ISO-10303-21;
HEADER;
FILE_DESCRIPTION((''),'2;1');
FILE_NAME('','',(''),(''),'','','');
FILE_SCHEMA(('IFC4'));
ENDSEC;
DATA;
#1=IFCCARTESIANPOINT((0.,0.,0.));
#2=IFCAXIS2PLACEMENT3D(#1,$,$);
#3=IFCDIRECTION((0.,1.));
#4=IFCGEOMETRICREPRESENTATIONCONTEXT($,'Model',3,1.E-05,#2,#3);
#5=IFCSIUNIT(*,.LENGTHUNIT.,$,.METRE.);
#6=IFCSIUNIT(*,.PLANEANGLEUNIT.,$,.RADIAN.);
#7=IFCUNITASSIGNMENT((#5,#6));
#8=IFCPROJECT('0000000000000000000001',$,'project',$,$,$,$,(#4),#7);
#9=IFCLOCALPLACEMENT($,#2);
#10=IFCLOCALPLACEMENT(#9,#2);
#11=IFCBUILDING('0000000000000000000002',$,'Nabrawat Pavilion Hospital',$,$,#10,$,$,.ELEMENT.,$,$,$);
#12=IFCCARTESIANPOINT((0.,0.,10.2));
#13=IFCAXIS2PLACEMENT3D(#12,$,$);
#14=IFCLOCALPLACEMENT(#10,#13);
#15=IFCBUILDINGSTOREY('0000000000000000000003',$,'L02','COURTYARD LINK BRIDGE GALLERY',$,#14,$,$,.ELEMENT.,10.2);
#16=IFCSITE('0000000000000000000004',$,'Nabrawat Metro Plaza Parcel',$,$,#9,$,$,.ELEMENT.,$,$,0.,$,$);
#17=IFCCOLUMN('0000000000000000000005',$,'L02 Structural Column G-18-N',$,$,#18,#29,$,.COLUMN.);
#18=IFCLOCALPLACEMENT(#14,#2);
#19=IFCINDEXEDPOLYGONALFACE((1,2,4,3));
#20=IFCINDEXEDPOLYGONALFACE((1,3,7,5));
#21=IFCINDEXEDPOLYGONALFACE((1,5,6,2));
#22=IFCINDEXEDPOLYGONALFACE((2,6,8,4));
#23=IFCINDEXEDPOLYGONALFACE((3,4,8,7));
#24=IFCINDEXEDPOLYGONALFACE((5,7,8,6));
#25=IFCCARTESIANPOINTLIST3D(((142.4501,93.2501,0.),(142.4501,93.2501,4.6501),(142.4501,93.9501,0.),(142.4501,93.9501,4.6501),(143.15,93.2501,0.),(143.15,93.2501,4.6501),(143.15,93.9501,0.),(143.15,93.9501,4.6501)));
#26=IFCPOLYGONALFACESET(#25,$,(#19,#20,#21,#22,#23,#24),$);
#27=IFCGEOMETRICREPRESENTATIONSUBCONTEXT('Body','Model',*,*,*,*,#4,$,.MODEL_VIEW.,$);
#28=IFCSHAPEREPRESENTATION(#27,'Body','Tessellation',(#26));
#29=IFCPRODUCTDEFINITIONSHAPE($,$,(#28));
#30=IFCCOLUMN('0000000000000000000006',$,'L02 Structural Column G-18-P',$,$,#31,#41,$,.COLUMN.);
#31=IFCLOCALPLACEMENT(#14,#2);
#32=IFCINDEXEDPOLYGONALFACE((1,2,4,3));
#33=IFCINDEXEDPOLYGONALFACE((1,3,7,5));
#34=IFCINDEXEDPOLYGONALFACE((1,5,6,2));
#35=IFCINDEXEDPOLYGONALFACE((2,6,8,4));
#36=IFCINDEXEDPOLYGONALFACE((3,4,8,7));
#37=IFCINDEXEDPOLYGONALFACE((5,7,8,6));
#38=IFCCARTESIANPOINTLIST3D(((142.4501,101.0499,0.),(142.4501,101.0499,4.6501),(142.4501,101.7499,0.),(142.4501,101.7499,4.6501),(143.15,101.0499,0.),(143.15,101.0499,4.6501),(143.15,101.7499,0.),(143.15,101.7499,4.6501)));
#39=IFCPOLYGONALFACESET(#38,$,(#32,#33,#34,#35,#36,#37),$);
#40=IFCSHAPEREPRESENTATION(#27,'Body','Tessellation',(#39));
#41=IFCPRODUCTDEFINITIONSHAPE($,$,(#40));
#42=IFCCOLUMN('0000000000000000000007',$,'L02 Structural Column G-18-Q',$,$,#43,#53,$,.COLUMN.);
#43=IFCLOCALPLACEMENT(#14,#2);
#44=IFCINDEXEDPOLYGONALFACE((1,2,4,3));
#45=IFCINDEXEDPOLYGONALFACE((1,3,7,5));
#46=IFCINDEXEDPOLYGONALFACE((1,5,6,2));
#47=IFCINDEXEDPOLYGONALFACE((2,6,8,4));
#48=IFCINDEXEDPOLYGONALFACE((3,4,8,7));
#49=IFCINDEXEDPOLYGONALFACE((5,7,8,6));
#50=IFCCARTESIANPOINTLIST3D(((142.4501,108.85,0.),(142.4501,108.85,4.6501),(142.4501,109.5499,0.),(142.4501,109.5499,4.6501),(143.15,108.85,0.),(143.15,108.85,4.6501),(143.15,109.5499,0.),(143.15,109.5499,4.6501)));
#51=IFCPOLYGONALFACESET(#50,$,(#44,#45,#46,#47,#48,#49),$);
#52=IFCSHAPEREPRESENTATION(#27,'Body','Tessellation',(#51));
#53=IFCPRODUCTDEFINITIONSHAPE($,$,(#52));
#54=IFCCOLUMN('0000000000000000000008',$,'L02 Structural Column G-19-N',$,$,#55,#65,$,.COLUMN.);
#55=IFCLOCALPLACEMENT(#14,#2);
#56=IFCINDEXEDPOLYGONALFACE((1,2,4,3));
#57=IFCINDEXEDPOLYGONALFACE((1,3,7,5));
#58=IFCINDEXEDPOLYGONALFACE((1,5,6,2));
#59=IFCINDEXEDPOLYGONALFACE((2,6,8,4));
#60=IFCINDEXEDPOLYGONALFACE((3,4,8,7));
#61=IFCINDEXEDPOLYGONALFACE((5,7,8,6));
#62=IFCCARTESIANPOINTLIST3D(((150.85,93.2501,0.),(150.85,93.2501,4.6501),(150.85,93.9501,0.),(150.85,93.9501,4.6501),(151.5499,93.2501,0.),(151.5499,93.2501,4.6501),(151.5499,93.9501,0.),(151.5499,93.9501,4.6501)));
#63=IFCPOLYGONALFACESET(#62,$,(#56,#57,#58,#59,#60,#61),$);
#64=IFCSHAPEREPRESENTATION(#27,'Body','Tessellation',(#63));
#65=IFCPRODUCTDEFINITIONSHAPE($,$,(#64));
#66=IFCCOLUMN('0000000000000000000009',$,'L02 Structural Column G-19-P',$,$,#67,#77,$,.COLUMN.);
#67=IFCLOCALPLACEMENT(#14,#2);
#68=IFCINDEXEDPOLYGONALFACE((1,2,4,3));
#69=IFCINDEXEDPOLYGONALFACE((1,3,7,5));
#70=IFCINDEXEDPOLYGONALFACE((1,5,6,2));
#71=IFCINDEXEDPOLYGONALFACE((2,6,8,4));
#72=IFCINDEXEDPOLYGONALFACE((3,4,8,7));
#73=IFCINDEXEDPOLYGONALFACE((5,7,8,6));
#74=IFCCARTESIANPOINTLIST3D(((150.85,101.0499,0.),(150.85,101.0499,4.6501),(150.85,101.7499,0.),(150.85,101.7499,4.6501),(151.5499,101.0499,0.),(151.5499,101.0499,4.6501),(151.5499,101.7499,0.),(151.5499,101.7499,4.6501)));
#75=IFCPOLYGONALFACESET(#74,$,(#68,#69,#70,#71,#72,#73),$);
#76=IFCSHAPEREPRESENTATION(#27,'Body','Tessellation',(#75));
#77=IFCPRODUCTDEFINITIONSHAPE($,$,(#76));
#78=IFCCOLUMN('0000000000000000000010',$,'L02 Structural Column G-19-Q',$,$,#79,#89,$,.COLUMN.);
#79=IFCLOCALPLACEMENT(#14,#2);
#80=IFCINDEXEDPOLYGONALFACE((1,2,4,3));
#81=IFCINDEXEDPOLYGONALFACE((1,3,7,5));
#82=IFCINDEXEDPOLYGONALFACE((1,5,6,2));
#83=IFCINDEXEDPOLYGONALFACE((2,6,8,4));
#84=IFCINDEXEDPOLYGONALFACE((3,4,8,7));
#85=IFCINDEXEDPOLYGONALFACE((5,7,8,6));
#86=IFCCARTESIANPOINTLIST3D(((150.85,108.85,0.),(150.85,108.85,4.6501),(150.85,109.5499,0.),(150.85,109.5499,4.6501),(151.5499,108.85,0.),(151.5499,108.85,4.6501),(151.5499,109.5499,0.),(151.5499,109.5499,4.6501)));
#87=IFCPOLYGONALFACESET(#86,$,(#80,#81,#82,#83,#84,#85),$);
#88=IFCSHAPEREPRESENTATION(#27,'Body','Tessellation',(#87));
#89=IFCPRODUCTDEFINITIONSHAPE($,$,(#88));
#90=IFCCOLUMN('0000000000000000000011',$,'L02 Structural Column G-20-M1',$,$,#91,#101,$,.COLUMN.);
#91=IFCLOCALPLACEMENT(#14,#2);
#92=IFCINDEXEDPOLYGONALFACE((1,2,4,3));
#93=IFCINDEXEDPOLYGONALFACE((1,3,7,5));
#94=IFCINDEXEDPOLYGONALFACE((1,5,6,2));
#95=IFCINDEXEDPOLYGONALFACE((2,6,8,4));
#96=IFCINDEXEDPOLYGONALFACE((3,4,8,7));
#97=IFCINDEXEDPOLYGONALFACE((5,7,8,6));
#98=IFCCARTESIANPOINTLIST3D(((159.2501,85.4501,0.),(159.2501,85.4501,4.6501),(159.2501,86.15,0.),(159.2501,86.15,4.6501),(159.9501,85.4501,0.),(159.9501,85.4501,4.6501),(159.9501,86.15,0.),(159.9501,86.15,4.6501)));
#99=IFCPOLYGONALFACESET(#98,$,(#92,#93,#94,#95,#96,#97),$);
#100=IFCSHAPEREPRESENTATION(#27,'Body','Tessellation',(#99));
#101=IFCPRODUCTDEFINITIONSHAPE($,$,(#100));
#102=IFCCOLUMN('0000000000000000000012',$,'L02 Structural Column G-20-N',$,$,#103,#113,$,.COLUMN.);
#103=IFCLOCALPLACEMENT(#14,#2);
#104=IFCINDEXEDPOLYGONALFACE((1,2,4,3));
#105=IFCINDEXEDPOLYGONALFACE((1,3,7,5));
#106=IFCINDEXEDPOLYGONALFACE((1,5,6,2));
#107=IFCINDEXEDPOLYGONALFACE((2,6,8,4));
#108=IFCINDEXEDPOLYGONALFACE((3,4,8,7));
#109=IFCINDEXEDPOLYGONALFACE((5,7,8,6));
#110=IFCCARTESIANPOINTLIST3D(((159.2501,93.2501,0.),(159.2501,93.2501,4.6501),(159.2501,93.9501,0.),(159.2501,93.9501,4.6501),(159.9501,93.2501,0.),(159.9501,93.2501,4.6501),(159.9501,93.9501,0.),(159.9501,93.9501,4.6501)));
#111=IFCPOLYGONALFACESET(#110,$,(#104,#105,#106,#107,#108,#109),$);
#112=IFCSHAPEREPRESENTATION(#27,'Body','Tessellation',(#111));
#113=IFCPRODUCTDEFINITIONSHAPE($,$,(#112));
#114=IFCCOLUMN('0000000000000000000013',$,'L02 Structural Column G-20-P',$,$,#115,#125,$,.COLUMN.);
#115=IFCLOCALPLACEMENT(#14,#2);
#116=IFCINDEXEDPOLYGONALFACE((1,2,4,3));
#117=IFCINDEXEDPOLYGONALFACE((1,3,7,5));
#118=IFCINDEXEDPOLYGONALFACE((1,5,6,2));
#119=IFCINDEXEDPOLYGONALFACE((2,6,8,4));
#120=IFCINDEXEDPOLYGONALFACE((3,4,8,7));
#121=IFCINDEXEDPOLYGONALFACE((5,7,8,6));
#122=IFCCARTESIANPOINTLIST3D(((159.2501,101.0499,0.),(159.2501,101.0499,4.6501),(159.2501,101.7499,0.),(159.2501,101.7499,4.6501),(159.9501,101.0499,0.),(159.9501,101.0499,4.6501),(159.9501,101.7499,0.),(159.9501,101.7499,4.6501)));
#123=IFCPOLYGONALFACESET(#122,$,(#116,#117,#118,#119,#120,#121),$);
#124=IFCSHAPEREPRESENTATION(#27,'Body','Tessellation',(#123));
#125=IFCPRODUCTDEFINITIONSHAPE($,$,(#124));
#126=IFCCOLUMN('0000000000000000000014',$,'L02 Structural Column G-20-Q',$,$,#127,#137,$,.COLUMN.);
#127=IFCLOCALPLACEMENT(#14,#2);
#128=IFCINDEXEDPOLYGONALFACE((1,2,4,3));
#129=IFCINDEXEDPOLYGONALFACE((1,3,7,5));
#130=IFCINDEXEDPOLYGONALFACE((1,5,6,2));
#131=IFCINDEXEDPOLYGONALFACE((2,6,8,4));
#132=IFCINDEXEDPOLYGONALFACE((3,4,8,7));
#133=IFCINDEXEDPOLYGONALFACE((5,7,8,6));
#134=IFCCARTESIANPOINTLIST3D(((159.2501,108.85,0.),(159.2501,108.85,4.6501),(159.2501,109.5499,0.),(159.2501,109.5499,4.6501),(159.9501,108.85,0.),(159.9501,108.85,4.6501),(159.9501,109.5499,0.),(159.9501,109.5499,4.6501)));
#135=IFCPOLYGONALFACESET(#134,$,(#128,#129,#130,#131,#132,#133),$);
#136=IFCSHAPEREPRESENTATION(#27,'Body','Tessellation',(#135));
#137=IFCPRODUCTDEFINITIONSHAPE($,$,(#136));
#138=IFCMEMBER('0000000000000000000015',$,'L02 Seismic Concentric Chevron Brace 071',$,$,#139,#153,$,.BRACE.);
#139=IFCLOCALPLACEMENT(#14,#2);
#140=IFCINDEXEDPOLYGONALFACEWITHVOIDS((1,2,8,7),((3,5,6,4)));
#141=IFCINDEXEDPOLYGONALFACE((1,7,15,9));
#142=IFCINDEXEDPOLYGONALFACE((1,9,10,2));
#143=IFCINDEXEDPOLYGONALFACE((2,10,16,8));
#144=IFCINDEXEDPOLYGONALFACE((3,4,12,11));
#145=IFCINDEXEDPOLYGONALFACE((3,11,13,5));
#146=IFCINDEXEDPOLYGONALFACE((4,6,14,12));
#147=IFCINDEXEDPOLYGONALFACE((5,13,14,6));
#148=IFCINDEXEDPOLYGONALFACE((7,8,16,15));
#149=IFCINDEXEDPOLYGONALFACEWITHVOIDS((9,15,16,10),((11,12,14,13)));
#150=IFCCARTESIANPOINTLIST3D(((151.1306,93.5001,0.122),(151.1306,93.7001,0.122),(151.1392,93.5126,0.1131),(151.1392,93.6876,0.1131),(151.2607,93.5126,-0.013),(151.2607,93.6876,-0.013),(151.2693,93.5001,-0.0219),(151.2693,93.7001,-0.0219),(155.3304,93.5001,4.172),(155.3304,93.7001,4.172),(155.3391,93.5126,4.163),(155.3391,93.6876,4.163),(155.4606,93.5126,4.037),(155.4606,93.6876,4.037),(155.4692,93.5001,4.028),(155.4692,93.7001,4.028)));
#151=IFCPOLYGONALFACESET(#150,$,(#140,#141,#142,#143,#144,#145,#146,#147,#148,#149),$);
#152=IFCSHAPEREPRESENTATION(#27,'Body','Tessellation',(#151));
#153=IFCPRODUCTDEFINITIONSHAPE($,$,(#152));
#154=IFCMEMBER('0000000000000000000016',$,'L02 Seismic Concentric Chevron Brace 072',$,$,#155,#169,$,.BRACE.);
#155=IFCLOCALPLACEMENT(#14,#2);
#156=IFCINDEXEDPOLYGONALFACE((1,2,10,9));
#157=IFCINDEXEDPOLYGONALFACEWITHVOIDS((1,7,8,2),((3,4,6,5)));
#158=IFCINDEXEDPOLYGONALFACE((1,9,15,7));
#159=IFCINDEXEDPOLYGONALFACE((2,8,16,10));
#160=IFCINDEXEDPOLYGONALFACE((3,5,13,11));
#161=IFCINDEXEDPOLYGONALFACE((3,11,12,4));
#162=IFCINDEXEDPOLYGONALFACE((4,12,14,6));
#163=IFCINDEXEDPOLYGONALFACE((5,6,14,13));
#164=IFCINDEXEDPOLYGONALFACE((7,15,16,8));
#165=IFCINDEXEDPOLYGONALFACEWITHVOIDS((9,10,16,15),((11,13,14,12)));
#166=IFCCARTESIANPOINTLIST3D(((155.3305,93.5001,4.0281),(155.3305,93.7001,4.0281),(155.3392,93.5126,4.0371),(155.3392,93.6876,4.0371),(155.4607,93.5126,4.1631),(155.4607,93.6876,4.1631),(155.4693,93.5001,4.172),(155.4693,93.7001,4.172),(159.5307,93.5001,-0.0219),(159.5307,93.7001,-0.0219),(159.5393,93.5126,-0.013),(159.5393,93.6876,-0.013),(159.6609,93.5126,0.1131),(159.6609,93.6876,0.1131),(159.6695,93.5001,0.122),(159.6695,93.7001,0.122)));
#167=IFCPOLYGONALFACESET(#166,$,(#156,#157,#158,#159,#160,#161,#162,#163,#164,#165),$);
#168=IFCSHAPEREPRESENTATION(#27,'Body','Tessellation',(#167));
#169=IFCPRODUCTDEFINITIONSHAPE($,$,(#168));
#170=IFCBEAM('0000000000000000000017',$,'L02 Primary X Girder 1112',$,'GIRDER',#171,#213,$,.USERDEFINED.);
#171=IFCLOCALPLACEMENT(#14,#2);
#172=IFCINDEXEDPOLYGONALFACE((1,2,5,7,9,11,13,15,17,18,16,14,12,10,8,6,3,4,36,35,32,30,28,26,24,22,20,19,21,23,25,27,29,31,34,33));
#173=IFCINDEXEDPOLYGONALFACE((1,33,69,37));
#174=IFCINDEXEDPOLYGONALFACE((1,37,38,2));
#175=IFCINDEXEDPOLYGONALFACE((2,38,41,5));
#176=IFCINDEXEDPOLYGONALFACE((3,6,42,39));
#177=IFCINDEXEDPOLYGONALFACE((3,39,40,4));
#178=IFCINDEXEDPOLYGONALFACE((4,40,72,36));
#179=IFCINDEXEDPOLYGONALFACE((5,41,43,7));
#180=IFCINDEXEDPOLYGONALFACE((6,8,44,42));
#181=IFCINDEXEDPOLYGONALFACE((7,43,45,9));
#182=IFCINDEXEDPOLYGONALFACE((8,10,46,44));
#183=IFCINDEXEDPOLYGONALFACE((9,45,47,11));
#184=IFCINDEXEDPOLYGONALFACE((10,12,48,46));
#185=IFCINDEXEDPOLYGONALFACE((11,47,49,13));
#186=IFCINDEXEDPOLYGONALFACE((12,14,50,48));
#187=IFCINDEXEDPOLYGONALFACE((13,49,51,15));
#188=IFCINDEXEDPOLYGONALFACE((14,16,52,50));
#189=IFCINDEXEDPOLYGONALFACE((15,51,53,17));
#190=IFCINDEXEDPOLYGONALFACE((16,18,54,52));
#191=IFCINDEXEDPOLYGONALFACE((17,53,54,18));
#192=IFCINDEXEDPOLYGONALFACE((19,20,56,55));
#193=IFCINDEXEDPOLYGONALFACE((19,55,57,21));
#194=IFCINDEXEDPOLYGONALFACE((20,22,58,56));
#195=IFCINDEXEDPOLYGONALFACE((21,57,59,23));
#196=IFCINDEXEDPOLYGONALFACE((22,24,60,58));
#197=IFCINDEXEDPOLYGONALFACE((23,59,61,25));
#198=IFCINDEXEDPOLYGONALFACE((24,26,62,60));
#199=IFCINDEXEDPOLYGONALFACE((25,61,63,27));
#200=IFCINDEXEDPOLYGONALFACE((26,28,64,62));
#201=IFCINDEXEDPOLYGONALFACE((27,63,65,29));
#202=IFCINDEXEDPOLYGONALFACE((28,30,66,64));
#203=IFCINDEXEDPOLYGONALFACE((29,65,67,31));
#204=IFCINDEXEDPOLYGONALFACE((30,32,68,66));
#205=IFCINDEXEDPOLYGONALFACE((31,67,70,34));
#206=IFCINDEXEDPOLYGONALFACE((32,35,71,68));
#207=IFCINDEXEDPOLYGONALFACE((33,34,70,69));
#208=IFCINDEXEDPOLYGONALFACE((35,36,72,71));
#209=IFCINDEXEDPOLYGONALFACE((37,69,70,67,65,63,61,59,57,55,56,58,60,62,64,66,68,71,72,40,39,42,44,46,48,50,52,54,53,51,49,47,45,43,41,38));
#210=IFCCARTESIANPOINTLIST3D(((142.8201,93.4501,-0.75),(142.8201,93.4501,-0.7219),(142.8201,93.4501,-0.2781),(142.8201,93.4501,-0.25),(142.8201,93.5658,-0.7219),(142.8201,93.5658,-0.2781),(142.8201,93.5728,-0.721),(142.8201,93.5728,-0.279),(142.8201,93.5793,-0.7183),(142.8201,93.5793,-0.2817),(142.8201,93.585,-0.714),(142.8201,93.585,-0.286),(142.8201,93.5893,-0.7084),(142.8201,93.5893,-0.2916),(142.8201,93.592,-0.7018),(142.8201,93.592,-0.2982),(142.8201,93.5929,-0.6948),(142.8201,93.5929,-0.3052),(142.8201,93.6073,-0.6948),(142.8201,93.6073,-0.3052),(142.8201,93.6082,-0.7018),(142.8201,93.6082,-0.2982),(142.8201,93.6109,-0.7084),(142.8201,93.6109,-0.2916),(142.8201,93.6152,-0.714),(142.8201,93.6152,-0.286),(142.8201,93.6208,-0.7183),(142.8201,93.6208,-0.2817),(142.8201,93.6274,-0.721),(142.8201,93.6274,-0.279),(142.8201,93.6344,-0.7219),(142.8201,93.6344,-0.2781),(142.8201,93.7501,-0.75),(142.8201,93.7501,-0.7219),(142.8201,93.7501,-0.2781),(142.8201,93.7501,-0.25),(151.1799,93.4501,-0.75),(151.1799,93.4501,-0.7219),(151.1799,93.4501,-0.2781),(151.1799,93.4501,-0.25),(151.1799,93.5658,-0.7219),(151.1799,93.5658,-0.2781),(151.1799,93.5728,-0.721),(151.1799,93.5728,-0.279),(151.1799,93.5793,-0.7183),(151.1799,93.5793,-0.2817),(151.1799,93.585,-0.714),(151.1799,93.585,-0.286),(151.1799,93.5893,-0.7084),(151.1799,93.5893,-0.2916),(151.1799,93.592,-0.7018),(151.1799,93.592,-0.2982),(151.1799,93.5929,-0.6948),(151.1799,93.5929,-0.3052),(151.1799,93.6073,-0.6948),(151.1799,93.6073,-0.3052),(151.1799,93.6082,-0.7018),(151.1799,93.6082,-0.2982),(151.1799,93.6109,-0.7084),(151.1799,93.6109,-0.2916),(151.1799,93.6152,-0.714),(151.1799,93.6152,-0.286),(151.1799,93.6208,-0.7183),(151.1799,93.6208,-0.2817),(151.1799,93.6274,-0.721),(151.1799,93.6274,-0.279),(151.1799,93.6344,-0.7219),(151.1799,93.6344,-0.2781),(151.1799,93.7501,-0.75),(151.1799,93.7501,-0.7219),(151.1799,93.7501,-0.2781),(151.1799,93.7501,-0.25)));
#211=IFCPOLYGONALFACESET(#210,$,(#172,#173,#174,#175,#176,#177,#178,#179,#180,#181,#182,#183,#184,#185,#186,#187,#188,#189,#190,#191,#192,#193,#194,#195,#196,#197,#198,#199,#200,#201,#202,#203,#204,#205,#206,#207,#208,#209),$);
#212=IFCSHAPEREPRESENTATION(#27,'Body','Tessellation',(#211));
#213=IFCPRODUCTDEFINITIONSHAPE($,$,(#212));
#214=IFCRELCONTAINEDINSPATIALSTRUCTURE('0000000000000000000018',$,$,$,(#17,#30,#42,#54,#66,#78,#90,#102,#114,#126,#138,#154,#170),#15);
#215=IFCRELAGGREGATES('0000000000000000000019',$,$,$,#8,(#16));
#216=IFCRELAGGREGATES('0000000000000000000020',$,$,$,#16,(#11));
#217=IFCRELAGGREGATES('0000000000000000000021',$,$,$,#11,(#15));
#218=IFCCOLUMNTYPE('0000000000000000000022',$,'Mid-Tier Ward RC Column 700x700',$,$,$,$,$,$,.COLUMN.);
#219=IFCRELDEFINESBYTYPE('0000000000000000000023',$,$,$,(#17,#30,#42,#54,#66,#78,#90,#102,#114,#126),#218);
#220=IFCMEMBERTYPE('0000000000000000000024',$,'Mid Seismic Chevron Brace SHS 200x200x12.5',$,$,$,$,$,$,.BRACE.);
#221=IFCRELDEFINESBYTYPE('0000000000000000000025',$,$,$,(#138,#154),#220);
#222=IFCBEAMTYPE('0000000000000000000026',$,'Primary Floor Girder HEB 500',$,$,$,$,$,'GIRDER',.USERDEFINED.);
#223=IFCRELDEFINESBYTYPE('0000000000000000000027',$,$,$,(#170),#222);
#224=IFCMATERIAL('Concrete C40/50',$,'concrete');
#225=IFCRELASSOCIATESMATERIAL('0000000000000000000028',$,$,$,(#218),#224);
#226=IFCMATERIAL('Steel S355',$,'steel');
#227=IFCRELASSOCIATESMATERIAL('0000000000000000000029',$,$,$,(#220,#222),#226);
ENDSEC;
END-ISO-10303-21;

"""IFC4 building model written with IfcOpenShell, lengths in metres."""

from ifc_helpers import new_model, si_unit, direction, frame, origin, origin_2d, place, context, subcontext, project, spatial, rectangle, hollow_rectangle, i_section, extrude, material, material_profile, profile_set, type_object, element, save


model = new_model("IFC4")

# Units and contexts
model_context = context("Model", 3, precision=1e-05, world=origin(), true_north=direction((0.0, 1.0)))
body_context = subcontext(model_context, "Body", "Model", "MODEL_VIEW")
ifc_project = project(units=[si_unit("LENGTHUNIT", "METRE"), si_unit("PLANEANGLEUNIT", "RADIAN")], contexts=[model_context])

# Site, building, storey
site_placement = place(None, origin())
site = spatial("IfcSite", under=ifc_project, at=site_placement, Name="Nabrawat Metro Plaza Parcel", CompositionType="ELEMENT", RefElevation=0.0)
building_placement = place(site_placement, origin())
building = spatial("IfcBuilding", under=site, at=building_placement, Name="Nabrawat Pavilion Hospital", CompositionType="ELEMENT")
storey_placement = place(building_placement, frame((0.0, 0.0, 10.2)))
storey = spatial("IfcBuildingStorey", under=building, at=storey_placement, Name="L02", Description="COURTYARD LINK BRIDGE GALLERY", CompositionType="ELEMENT", Elevation=10.2)

# Columns
ifc_material_1 = material(Name="Concrete C40/50", Category="concrete")
ifc_material_profile_1 = material_profile(ifc_material_1, rectangle(XDim=0.7, YDim=0.7, at=origin_2d()), Name="RC 700x700")
ifc_profile_set_1 = profile_set([ifc_material_profile_1], Name="Concrete C40/50")
column_type = type_object("IfcColumnType", Name="Mid-Tier Ward RC Column 700x700", PredefinedType="COLUMN", material=ifc_profile_set_1)
for number, where, z_axis, x_axis, name in (
    (1, (142.8, 93.6001, 0.0), (0.0, 0.0, 1.0), (1.0, 0.0, 0.0), "L02 Structural Column G-18-N"),
    (2, (142.8, 101.3999, 0.0), (0.0, 0.0, 1.0), (1.0, 0.0, 0.0), "L02 Structural Column G-18-P"),
    (3, (142.8, 109.2, 0.0), (0.0, 0.0, 1.0), (1.0, 0.0, 0.0), "L02 Structural Column G-18-Q"),
    (4, (151.2, 93.6001, 0.0), (0.0, 0.0, 1.0), (1.0, 0.0, 0.0), "L02 Structural Column G-19-N"),
    (5, (151.2, 101.3999, 0.0), (0.0, 0.0, 1.0), (1.0, 0.0, 0.0), "L02 Structural Column G-19-P"),
    (6, (151.2, 109.2, 0.0), (0.0, 0.0, 1.0), (1.0, 0.0, 0.0), "L02 Structural Column G-19-Q"),
    (7, (159.6001, 85.8, 0.0), (0.0, 0.0, 1.0), (1.0, 0.0, 0.0), "L02 Structural Column G-20-M1"),
    (8, (159.6001, 93.6001, 0.0), (0.0, 0.0, 1.0), (1.0, 0.0, 0.0), "L02 Structural Column G-20-N"),
    (9, (159.6001, 101.3999, 0.0), (0.0, 0.0, 1.0), (1.0, 0.0, 0.0), "L02 Structural Column G-20-P"),
    (10, (159.6001, 109.2, 0.0), (0.0, 0.0, 1.0), (1.0, 0.0, 0.0), "L02 Structural Column G-20-Q"),
):
    element("IfcColumn", number, at=place(storey_placement, frame(where, z_axis=z_axis, x_axis=x_axis)), inside=storey, type_object=column_type, Name=name, PredefinedType="COLUMN", context=body_context, shape_type="SweptSolid", body=[
        extrude(rectangle(XDim=0.7, YDim=0.7, at=origin_2d()), origin(), (0.0, 0.0, 1.0), 4.6501),
    ])

# Members
ifc_material_2 = material(Name="Steel S355", Category="steel")
ifc_material_profile_2 = material_profile(ifc_material_2, hollow_rectangle(XDim=0.2, YDim=0.2, WallThickness=0.0125, at=origin_2d()), Name="SHS 200x200x12.5")
ifc_profile_set_2 = profile_set([ifc_material_profile_2], Name="Steel S355")
member_type = type_object("IfcMemberType", Name="Mid Seismic Chevron Brace SHS 200x200x12.5", PredefinedType="BRACE", material=ifc_profile_set_2)
member_1_placement = place(storey_placement, frame((151.2, 93.6001, 0.05), z_axis=(0.719836, 0.0, 0.694144), x_axis=(0.0, 1.0, 0.0)))
element("IfcMember", 11, at=member_1_placement, inside=storey, type_object=member_type, Name="L02 Seismic Concentric Chevron Brace 071", PredefinedType="BRACE", context=body_context, shape_type="SweptSolid", body=[
    extrude(hollow_rectangle(XDim=0.2, YDim=0.2, WallThickness=0.0125, at=origin_2d()), origin(), (0.0, 0.0, 1.0), 5.8345),
])
member_2_placement = place(storey_placement, frame((159.6001, 93.6001, 0.05), z_axis=(-0.719856, 0.0, 0.694123), x_axis=(0.0, -1.0, 0.0)))
element("IfcMember", 12, at=member_2_placement, inside=storey, type_object=member_type, Name="L02 Seismic Concentric Chevron Brace 072", PredefinedType="BRACE", context=body_context, shape_type="SweptSolid", body=[
    extrude(hollow_rectangle(XDim=0.2, YDim=0.2, WallThickness=0.0125, at=origin_2d()), origin(), (0.0, 0.0, 1.0), 5.8347),
])

# Beam
ifc_material_profile_3 = material_profile(ifc_material_2, i_section(OverallWidth=0.3, OverallDepth=0.5, WebThickness=0.0144, FlangeThickness=0.0281, FilletRadius=0.0271, at=origin_2d()), Name="HEB 500")
ifc_profile_set_3 = profile_set([ifc_material_profile_3], Name="Steel S355")
beam_type_1 = type_object("IfcBeamType", Name="Primary Floor Girder HEB 500", ElementType="GIRDER", PredefinedType="USERDEFINED", material=ifc_profile_set_3)
beam_1_placement = place(storey_placement, frame((142.8201, 93.6001, -0.5), z_axis=(1.0, 0.0, 0.0), x_axis=(0.0, 1.0, 0.0)))
element("IfcBeam", 13, at=beam_1_placement, inside=storey, type_object=beam_type_1, Name="L02 Primary X Girder 1112", ObjectType="GIRDER", PredefinedType="USERDEFINED", context=body_context, shape_type="SweptSolid", body=[
    extrude(i_section(OverallWidth=0.3, OverallDepth=0.5, WebThickness=0.0144, FlangeThickness=0.0281, FilletRadius=0.0271, at=origin_2d()), origin(), (0.0, 0.0, 1.0), 8.3599),
])

save(model, "model.ifc")
